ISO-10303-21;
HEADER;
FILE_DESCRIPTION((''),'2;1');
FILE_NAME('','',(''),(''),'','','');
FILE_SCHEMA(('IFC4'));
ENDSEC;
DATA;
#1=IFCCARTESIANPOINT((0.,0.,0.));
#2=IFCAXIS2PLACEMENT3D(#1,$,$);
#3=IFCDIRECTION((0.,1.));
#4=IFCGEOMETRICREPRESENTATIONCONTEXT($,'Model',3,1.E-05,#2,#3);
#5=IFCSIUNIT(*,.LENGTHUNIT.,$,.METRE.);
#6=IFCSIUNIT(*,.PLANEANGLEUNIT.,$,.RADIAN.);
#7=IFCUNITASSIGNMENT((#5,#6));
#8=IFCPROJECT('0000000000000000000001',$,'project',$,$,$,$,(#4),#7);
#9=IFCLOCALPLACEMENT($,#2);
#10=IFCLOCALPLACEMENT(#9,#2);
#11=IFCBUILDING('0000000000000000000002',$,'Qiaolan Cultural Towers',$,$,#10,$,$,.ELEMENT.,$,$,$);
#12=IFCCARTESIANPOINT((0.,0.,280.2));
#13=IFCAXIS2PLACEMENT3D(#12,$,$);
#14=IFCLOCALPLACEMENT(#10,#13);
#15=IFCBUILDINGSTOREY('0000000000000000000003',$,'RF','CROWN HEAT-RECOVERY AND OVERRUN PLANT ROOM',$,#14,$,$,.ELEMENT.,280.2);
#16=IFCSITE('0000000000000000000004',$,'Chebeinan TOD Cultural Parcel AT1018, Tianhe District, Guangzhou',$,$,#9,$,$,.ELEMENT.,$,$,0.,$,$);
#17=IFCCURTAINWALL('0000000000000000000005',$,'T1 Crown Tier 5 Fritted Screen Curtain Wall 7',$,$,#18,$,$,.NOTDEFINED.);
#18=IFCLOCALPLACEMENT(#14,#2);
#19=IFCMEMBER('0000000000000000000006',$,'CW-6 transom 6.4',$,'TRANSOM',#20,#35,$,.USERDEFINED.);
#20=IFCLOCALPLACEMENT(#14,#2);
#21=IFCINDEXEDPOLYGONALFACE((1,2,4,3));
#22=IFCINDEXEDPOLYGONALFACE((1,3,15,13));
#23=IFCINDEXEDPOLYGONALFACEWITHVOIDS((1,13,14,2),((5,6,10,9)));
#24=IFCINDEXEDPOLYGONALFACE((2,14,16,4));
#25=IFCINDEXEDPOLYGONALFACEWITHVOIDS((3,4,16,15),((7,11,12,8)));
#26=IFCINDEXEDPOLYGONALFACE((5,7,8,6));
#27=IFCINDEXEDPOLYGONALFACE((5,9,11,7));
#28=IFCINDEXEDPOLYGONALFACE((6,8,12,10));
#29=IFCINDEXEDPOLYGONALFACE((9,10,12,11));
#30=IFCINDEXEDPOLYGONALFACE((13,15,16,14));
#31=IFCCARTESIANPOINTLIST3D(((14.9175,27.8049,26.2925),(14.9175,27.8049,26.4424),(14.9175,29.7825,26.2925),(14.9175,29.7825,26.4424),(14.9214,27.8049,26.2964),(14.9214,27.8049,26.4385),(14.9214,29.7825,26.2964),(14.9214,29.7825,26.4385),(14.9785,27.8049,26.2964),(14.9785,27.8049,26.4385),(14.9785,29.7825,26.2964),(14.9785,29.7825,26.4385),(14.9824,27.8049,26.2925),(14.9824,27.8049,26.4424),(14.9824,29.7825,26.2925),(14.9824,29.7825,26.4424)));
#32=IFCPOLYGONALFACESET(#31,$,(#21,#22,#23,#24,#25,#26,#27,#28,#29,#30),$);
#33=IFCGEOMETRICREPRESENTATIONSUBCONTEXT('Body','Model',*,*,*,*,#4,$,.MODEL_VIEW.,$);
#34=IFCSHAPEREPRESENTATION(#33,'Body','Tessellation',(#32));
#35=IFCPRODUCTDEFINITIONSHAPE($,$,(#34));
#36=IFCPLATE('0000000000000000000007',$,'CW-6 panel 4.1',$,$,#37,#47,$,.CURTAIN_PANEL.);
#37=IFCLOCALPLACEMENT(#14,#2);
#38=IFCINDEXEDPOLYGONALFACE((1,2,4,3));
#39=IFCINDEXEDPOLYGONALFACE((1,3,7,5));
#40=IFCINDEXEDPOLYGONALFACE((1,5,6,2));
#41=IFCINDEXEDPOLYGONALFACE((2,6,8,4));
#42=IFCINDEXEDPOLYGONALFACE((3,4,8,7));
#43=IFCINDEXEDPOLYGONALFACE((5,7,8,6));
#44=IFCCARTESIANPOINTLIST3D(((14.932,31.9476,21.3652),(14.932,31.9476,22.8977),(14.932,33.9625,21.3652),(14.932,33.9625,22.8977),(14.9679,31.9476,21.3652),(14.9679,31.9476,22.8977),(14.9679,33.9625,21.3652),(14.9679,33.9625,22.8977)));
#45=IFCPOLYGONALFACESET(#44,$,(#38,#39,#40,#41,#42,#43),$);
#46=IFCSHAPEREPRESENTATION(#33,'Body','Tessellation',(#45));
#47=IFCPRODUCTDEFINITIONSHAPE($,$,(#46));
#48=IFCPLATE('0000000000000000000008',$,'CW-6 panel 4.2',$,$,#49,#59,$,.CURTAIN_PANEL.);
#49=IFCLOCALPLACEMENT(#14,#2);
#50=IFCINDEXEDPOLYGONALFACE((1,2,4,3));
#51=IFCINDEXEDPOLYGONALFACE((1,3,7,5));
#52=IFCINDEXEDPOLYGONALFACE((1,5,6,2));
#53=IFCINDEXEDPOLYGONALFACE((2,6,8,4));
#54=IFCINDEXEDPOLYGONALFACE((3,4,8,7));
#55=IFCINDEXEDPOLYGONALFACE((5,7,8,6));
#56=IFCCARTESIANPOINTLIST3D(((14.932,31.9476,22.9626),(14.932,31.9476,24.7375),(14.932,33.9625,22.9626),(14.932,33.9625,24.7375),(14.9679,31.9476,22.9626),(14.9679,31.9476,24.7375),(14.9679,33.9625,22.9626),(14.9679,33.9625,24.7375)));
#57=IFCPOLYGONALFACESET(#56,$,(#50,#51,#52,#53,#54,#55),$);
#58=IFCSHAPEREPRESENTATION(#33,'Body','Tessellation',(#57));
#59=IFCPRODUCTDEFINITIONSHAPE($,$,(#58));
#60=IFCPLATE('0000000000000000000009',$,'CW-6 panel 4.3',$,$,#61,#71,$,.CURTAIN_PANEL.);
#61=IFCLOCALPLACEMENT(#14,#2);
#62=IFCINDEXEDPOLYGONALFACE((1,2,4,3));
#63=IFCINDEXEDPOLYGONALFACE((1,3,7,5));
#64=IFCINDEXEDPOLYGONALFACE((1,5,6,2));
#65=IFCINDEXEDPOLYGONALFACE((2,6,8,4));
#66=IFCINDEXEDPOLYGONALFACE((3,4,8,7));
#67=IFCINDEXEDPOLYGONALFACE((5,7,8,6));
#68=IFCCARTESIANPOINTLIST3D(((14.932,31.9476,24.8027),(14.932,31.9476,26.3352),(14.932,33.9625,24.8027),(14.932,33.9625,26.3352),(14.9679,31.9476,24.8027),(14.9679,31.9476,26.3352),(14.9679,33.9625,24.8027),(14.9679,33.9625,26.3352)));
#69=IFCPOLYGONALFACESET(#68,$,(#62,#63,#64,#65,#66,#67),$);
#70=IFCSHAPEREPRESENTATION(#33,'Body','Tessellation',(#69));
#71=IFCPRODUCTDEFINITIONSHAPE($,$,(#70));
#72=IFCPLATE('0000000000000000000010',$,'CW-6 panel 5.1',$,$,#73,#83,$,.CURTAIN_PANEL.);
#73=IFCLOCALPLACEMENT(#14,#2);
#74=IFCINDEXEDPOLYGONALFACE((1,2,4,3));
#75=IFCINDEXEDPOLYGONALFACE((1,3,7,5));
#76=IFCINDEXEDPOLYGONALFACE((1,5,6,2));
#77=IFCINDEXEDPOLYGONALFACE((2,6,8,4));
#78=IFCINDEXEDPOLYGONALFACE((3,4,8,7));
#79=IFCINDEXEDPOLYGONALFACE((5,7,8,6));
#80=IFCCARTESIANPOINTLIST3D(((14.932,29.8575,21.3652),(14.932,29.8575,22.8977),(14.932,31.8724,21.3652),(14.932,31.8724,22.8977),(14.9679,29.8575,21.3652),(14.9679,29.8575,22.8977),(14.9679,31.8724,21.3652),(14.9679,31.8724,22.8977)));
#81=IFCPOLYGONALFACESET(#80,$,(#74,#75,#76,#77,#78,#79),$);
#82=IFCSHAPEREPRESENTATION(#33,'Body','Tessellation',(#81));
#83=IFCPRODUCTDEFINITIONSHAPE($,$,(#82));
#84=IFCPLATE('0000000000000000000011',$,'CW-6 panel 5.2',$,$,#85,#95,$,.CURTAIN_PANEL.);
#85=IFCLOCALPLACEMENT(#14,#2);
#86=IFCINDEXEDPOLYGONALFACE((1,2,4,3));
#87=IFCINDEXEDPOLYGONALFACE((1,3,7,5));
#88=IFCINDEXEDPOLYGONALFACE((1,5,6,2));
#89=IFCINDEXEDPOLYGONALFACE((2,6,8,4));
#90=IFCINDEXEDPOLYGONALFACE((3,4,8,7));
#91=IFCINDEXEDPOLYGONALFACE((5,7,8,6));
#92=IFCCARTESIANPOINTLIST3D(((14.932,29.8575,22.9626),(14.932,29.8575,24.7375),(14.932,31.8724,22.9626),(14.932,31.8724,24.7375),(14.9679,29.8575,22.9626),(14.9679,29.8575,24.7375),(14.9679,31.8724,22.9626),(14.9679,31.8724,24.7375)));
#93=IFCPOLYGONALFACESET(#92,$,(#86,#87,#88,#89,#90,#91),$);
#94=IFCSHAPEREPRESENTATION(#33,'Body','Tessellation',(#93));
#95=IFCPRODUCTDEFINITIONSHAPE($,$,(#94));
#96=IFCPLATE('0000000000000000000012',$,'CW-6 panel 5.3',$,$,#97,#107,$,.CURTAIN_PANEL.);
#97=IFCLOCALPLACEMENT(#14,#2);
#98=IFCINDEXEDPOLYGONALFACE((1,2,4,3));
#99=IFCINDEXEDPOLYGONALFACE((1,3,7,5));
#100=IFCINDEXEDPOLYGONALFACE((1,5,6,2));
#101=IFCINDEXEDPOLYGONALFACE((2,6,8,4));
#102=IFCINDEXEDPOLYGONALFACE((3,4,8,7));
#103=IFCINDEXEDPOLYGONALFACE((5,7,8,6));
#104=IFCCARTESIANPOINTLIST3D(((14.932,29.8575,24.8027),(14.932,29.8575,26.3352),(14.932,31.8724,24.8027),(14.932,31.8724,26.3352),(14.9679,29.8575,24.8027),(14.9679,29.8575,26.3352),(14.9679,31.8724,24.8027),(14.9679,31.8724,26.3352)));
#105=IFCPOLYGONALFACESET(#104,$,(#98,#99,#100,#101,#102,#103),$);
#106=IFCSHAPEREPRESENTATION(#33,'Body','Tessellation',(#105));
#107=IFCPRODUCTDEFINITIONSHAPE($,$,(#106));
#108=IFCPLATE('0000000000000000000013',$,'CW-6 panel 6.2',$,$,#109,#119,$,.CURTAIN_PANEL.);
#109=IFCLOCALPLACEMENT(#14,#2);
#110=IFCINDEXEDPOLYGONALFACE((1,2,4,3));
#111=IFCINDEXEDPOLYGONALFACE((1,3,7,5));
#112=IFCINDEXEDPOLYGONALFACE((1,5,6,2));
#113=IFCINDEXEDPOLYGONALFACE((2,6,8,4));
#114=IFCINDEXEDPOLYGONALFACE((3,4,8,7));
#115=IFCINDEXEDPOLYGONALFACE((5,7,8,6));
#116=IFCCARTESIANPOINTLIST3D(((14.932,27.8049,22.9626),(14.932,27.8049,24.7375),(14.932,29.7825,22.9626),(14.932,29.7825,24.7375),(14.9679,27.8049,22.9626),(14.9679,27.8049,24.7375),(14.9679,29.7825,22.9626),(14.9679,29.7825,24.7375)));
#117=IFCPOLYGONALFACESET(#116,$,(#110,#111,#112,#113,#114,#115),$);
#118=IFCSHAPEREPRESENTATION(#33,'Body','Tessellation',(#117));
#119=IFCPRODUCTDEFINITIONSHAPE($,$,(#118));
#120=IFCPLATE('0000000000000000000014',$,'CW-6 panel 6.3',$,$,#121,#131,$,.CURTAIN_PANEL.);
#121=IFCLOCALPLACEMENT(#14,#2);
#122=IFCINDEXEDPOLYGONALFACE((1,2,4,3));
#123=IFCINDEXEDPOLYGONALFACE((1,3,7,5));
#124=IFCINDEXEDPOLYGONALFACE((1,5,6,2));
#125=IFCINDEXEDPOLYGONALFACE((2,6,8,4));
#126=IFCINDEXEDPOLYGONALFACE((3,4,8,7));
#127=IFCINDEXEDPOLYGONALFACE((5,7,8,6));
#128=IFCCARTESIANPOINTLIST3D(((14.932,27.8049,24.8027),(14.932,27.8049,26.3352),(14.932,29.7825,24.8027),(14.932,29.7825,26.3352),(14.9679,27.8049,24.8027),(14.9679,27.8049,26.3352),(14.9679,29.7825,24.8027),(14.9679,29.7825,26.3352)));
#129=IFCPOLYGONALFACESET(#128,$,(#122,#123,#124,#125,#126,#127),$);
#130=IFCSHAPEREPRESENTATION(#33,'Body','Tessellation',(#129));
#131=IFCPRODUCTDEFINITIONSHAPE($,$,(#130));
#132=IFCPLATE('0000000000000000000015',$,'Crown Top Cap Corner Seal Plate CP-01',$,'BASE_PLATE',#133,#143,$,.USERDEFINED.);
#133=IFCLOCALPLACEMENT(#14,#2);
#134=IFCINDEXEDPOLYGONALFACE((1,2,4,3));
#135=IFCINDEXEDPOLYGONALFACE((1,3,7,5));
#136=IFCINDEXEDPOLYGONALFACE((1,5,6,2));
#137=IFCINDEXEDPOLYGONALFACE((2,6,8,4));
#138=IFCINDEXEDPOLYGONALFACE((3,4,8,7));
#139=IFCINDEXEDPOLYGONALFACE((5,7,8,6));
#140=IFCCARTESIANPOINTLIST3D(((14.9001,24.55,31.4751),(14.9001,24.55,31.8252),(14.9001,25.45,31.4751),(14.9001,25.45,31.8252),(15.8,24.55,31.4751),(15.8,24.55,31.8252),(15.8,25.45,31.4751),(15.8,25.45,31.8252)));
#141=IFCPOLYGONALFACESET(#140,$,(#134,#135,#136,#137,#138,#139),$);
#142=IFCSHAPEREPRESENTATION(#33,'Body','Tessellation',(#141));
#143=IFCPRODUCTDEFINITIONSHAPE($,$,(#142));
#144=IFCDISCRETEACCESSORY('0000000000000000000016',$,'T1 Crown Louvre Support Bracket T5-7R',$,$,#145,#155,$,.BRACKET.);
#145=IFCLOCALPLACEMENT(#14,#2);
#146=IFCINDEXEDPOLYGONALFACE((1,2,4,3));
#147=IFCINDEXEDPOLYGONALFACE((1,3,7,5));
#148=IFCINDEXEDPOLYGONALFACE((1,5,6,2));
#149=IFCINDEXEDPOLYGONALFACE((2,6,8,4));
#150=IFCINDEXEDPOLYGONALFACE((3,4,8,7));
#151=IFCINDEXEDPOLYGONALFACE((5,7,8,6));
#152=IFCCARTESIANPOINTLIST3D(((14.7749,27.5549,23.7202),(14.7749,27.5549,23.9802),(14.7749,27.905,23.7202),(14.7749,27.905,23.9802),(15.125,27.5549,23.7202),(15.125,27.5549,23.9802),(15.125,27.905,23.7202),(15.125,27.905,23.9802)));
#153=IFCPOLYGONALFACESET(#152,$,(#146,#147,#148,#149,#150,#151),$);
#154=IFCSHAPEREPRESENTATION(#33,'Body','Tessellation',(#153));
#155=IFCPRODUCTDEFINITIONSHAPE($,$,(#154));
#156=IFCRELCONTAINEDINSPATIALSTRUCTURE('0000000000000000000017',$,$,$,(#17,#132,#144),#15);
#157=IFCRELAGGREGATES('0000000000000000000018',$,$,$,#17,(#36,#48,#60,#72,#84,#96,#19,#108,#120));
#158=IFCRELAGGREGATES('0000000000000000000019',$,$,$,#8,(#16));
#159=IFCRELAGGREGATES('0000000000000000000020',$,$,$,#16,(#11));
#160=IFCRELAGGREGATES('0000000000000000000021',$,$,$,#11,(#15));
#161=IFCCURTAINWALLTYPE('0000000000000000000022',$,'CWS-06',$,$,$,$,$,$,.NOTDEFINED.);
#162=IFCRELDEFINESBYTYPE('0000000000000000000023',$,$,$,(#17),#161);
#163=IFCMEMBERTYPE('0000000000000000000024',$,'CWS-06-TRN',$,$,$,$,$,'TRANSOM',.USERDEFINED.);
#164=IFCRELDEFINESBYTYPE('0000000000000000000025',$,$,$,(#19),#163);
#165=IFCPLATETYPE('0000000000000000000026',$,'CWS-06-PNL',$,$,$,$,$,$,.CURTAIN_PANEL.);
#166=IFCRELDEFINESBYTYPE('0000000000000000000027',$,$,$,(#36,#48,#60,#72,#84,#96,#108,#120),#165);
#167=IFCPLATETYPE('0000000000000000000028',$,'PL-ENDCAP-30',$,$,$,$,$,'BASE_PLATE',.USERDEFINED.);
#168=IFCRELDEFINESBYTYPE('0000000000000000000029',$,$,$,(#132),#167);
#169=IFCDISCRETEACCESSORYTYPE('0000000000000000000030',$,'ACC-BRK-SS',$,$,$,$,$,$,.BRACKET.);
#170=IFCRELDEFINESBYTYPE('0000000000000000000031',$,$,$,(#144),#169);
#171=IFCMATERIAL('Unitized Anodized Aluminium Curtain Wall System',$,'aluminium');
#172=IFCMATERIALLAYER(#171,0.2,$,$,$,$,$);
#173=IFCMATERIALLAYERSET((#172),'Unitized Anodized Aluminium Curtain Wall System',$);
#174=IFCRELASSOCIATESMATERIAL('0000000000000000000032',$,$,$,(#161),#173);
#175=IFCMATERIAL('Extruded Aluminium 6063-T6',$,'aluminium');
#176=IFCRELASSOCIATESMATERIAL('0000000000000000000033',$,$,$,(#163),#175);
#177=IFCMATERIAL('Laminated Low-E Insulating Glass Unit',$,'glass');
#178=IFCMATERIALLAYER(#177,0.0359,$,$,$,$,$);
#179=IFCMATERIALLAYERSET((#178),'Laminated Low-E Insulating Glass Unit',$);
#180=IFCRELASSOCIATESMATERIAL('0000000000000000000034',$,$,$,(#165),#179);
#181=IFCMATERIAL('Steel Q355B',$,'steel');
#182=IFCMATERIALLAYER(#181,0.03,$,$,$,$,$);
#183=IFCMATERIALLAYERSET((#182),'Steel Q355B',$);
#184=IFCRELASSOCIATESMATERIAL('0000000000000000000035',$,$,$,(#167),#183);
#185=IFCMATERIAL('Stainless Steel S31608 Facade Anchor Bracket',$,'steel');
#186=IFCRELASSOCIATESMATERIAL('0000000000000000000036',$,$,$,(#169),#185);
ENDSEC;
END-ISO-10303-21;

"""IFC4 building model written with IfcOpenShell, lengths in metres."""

from ifc_helpers import new_model, si_unit, direction, frame, origin, origin_2d, place, context, subcontext, project, spatial, rectangle, hollow_rectangle, extrude, material, layer, layer_set, material_profile, profile_set, type_object, element, aggregate, save


model = new_model("IFC4")

# Units and contexts
model_context = context("Model", 3, precision=1e-05, world=origin(), true_north=direction((0.0, 1.0)))
body_context = subcontext(model_context, "Body", "Model", "MODEL_VIEW")
ifc_project = project(units=[si_unit("LENGTHUNIT", "METRE"), si_unit("PLANEANGLEUNIT", "RADIAN")], contexts=[model_context])

# Site, building, storey
site_placement = place(None, origin())
site = spatial("IfcSite", under=ifc_project, at=site_placement, Name="Chebeinan TOD Cultural Parcel AT1018, Tianhe District, Guangzhou", CompositionType="ELEMENT", RefElevation=0.0)
building_placement = place(site_placement, origin())
building = spatial("IfcBuilding", under=site, at=building_placement, Name="Qiaolan Cultural Towers", CompositionType="ELEMENT")
storey_placement = place(building_placement, frame((0.0, 0.0, 280.2)))
storey = spatial("IfcBuildingStorey", under=building, at=storey_placement, Name="RF", Description="CROWN HEAT-RECOVERY AND OVERRUN PLANT ROOM", CompositionType="ELEMENT", Elevation=280.2)

# Curtain wall, member, plates
ifc_material_1 = material(Name="Unitized Anodized Aluminium Curtain Wall System", Category="aluminium")
ifc_layer_1 = layer(ifc_material_1, 0.2)
ifc_layer_set_1 = layer_set([ifc_layer_1], Name="Unitized Anodized Aluminium Curtain Wall System")
curtain_wall_type = type_object("IfcCurtainWallType", Name="CWS-06", PredefinedType="NOTDEFINED", material=ifc_layer_set_1)
curtain_wall_placement = place(storey_placement, origin())
curtain_wall = element("IfcCurtainWall", 1, at=curtain_wall_placement, inside=storey, type_object=curtain_wall_type, Name="T1 Crown Tier 5 Fritted Screen Curtain Wall 7", PredefinedType="NOTDEFINED")
ifc_material_2 = material(Name="Extruded Aluminium 6063-T6", Category="aluminium")
ifc_material_profile_1 = material_profile(ifc_material_2, hollow_rectangle(XDim=0.0649, YDim=0.1499, WallThickness=0.0039, at=origin_2d()), Name="CWT-150x65x4")
ifc_profile_set_1 = profile_set([ifc_material_profile_1], Name="Extruded Aluminium 6063-T6")
member_type = type_object("IfcMemberType", Name="CWS-06-TRN", ElementType="TRANSOM", PredefinedType="USERDEFINED", material=ifc_profile_set_1)
member_1_placement = place(storey_placement, frame((14.95, 29.7825, 26.3674), z_axis=(0.0, -1.0, 0.0), x_axis=(1.0, 0.0, 0.0)))
member_1 = element("IfcMember", 2, at=member_1_placement, type_object=member_type, Name="CW-6 transom 6.4", ObjectType="TRANSOM", PredefinedType="USERDEFINED", context=body_context, shape_type="SweptSolid", body=[
    extrude(hollow_rectangle(XDim=0.0649, YDim=0.1499, WallThickness=0.0039, at=origin_2d()), origin(), (0.0, 0.0, 1.0), 1.9775),
])
ifc_material_3 = material(Name="Laminated Low-E Insulating Glass Unit", Category="glass")
ifc_layer_2 = layer(ifc_material_3, 0.0359)
ifc_layer_set_2 = layer_set([ifc_layer_2], Name="Laminated Low-E Insulating Glass Unit")
plate_type_1 = type_object("IfcPlateType", Name="CWS-06-PNL", PredefinedType="CURTAIN_PANEL", material=ifc_layer_set_2)
plate_1_placement = place(storey_placement, frame((14.95, 32.9551, 21.3652), z_axis=(0.0, 0.0, 1.0), x_axis=(0.0, -1.0, 0.0)))
plate_1 = element("IfcPlate", 3, at=plate_1_placement, type_object=plate_type_1, Name="CW-6 panel 4.1", PredefinedType="CURTAIN_PANEL", context=body_context, shape_type="SweptSolid", body=[
    extrude(rectangle(XDim=2.0149, YDim=0.0359, at=origin_2d()), origin(), (0.0, 0.0, 1.0), 1.5325),
])
plate_2_placement = place(storey_placement, frame((14.95, 32.9551, 22.9626), z_axis=(0.0, 0.0, 1.0), x_axis=(0.0, -1.0, 0.0)))
plate_2 = element("IfcPlate", 4, at=plate_2_placement, type_object=plate_type_1, Name="CW-6 panel 4.2", PredefinedType="CURTAIN_PANEL", context=body_context, shape_type="SweptSolid", body=[
    extrude(rectangle(XDim=2.0149, YDim=0.0359, at=origin_2d()), origin(), (0.0, 0.0, 1.0), 1.7749),
])
plate_3_placement = place(storey_placement, frame((14.95, 32.9551, 24.8027), z_axis=(0.0, 0.0, 1.0), x_axis=(0.0, -1.0, 0.0)))
plate_3 = element("IfcPlate", 5, at=plate_3_placement, type_object=plate_type_1, Name="CW-6 panel 4.3", PredefinedType="CURTAIN_PANEL", context=body_context, shape_type="SweptSolid", body=[
    extrude(rectangle(XDim=2.0149, YDim=0.0359, at=origin_2d()), origin(), (0.0, 0.0, 1.0), 1.5325),
])
plate_4_placement = place(storey_placement, frame((14.95, 30.865, 21.3652), z_axis=(0.0, 0.0, 1.0), x_axis=(0.0, -1.0, 0.0)))
plate_4 = element("IfcPlate", 6, at=plate_4_placement, type_object=plate_type_1, Name="CW-6 panel 5.1", PredefinedType="CURTAIN_PANEL", context=body_context, shape_type="SweptSolid", body=[
    extrude(rectangle(XDim=2.0149, YDim=0.0359, at=origin_2d()), origin(), (0.0, 0.0, 1.0), 1.5325),
])
plate_5_placement = place(storey_placement, frame((14.95, 30.865, 22.9626), z_axis=(0.0, 0.0, 1.0), x_axis=(0.0, -1.0, 0.0)))
plate_5 = element("IfcPlate", 7, at=plate_5_placement, type_object=plate_type_1, Name="CW-6 panel 5.2", PredefinedType="CURTAIN_PANEL", context=body_context, shape_type="SweptSolid", body=[
    extrude(rectangle(XDim=2.0149, YDim=0.0359, at=origin_2d()), origin(), (0.0, 0.0, 1.0), 1.7749),
])
plate_6_placement = place(storey_placement, frame((14.95, 30.865, 24.8027), z_axis=(0.0, 0.0, 1.0), x_axis=(0.0, -1.0, 0.0)))
plate_6 = element("IfcPlate", 8, at=plate_6_placement, type_object=plate_type_1, Name="CW-6 panel 5.3", PredefinedType="CURTAIN_PANEL", context=body_context, shape_type="SweptSolid", body=[
    extrude(rectangle(XDim=2.0149, YDim=0.0359, at=origin_2d()), origin(), (0.0, 0.0, 1.0), 1.5325),
])
plate_7_placement = place(storey_placement, frame((14.95, 28.7937, 22.9626), z_axis=(0.0, 0.0, 1.0), x_axis=(0.0, -1.0, 0.0)))
plate_7 = element("IfcPlate", 9, at=plate_7_placement, type_object=plate_type_1, Name="CW-6 panel 6.2", PredefinedType="CURTAIN_PANEL", context=body_context, shape_type="SweptSolid", body=[
    extrude(rectangle(XDim=1.9775, YDim=0.0359, at=origin_2d()), origin(), (0.0, 0.0, 1.0), 1.7749),
])
plate_8_placement = place(storey_placement, frame((14.95, 28.7937, 24.8027), z_axis=(0.0, 0.0, 1.0), x_axis=(0.0, -1.0, 0.0)))
plate_8 = element("IfcPlate", 10, at=plate_8_placement, type_object=plate_type_1, Name="CW-6 panel 6.3", PredefinedType="CURTAIN_PANEL", context=body_context, shape_type="SweptSolid", body=[
    extrude(rectangle(XDim=1.9775, YDim=0.0359, at=origin_2d()), origin(), (0.0, 0.0, 1.0), 1.5325),
])
aggregate(curtain_wall, [plate_1, plate_2, plate_3, plate_4, plate_5, plate_6, member_1, plate_7, plate_8])

# Plate
ifc_material_4 = material(Name="Steel Q355B", Category="steel")
ifc_layer_3 = layer(ifc_material_4, 0.03)
ifc_layer_set_3 = layer_set([ifc_layer_3], Name="Steel Q355B")
plate_type_2 = type_object("IfcPlateType", Name="PL-ENDCAP-30", ElementType="BASE_PLATE", PredefinedType="USERDEFINED", material=ifc_layer_set_3)
plate_9_placement = place(storey_placement, frame((15.3501, 25.0, 31.4751), z_axis=(0.0, 0.0, 1.0), x_axis=(1.0, 0.0, 0.0)))
element("IfcPlate", 11, at=plate_9_placement, inside=storey, type_object=plate_type_2, Name="Crown Top Cap Corner Seal Plate CP-01", ObjectType="BASE_PLATE", PredefinedType="USERDEFINED", context=body_context, shape_type="SweptSolid", body=[
    extrude(rectangle(XDim=0.8999, YDim=0.8999, at=origin_2d()), origin(), (0.0, 0.0, 1.0), 0.3501),
])

# Discrete accessory
ifc_material_5 = material(Name="Stainless Steel S31608 Facade Anchor Bracket", Category="steel")
discrete_accessory_type = type_object("IfcDiscreteAccessoryType", Name="ACC-BRK-SS", PredefinedType="BRACKET", material=ifc_material_5)
discrete_accessory_placement = place(storey_placement, frame((14.95, 27.73, 23.7202), z_axis=(0.0, 0.0, 1.0), x_axis=(0.0, -1.0, 0.0)))
element("IfcDiscreteAccessory", 12, at=discrete_accessory_placement, inside=storey, type_object=discrete_accessory_type, Name="T1 Crown Louvre Support Bracket T5-7R", PredefinedType="BRACKET", context=body_context, shape_type="SweptSolid", body=[
    extrude(rectangle(XDim=0.3501, YDim=0.3501, at=origin_2d()), origin(), (0.0, 0.0, 1.0), 0.26),
])

save(model, "model.ifc")
